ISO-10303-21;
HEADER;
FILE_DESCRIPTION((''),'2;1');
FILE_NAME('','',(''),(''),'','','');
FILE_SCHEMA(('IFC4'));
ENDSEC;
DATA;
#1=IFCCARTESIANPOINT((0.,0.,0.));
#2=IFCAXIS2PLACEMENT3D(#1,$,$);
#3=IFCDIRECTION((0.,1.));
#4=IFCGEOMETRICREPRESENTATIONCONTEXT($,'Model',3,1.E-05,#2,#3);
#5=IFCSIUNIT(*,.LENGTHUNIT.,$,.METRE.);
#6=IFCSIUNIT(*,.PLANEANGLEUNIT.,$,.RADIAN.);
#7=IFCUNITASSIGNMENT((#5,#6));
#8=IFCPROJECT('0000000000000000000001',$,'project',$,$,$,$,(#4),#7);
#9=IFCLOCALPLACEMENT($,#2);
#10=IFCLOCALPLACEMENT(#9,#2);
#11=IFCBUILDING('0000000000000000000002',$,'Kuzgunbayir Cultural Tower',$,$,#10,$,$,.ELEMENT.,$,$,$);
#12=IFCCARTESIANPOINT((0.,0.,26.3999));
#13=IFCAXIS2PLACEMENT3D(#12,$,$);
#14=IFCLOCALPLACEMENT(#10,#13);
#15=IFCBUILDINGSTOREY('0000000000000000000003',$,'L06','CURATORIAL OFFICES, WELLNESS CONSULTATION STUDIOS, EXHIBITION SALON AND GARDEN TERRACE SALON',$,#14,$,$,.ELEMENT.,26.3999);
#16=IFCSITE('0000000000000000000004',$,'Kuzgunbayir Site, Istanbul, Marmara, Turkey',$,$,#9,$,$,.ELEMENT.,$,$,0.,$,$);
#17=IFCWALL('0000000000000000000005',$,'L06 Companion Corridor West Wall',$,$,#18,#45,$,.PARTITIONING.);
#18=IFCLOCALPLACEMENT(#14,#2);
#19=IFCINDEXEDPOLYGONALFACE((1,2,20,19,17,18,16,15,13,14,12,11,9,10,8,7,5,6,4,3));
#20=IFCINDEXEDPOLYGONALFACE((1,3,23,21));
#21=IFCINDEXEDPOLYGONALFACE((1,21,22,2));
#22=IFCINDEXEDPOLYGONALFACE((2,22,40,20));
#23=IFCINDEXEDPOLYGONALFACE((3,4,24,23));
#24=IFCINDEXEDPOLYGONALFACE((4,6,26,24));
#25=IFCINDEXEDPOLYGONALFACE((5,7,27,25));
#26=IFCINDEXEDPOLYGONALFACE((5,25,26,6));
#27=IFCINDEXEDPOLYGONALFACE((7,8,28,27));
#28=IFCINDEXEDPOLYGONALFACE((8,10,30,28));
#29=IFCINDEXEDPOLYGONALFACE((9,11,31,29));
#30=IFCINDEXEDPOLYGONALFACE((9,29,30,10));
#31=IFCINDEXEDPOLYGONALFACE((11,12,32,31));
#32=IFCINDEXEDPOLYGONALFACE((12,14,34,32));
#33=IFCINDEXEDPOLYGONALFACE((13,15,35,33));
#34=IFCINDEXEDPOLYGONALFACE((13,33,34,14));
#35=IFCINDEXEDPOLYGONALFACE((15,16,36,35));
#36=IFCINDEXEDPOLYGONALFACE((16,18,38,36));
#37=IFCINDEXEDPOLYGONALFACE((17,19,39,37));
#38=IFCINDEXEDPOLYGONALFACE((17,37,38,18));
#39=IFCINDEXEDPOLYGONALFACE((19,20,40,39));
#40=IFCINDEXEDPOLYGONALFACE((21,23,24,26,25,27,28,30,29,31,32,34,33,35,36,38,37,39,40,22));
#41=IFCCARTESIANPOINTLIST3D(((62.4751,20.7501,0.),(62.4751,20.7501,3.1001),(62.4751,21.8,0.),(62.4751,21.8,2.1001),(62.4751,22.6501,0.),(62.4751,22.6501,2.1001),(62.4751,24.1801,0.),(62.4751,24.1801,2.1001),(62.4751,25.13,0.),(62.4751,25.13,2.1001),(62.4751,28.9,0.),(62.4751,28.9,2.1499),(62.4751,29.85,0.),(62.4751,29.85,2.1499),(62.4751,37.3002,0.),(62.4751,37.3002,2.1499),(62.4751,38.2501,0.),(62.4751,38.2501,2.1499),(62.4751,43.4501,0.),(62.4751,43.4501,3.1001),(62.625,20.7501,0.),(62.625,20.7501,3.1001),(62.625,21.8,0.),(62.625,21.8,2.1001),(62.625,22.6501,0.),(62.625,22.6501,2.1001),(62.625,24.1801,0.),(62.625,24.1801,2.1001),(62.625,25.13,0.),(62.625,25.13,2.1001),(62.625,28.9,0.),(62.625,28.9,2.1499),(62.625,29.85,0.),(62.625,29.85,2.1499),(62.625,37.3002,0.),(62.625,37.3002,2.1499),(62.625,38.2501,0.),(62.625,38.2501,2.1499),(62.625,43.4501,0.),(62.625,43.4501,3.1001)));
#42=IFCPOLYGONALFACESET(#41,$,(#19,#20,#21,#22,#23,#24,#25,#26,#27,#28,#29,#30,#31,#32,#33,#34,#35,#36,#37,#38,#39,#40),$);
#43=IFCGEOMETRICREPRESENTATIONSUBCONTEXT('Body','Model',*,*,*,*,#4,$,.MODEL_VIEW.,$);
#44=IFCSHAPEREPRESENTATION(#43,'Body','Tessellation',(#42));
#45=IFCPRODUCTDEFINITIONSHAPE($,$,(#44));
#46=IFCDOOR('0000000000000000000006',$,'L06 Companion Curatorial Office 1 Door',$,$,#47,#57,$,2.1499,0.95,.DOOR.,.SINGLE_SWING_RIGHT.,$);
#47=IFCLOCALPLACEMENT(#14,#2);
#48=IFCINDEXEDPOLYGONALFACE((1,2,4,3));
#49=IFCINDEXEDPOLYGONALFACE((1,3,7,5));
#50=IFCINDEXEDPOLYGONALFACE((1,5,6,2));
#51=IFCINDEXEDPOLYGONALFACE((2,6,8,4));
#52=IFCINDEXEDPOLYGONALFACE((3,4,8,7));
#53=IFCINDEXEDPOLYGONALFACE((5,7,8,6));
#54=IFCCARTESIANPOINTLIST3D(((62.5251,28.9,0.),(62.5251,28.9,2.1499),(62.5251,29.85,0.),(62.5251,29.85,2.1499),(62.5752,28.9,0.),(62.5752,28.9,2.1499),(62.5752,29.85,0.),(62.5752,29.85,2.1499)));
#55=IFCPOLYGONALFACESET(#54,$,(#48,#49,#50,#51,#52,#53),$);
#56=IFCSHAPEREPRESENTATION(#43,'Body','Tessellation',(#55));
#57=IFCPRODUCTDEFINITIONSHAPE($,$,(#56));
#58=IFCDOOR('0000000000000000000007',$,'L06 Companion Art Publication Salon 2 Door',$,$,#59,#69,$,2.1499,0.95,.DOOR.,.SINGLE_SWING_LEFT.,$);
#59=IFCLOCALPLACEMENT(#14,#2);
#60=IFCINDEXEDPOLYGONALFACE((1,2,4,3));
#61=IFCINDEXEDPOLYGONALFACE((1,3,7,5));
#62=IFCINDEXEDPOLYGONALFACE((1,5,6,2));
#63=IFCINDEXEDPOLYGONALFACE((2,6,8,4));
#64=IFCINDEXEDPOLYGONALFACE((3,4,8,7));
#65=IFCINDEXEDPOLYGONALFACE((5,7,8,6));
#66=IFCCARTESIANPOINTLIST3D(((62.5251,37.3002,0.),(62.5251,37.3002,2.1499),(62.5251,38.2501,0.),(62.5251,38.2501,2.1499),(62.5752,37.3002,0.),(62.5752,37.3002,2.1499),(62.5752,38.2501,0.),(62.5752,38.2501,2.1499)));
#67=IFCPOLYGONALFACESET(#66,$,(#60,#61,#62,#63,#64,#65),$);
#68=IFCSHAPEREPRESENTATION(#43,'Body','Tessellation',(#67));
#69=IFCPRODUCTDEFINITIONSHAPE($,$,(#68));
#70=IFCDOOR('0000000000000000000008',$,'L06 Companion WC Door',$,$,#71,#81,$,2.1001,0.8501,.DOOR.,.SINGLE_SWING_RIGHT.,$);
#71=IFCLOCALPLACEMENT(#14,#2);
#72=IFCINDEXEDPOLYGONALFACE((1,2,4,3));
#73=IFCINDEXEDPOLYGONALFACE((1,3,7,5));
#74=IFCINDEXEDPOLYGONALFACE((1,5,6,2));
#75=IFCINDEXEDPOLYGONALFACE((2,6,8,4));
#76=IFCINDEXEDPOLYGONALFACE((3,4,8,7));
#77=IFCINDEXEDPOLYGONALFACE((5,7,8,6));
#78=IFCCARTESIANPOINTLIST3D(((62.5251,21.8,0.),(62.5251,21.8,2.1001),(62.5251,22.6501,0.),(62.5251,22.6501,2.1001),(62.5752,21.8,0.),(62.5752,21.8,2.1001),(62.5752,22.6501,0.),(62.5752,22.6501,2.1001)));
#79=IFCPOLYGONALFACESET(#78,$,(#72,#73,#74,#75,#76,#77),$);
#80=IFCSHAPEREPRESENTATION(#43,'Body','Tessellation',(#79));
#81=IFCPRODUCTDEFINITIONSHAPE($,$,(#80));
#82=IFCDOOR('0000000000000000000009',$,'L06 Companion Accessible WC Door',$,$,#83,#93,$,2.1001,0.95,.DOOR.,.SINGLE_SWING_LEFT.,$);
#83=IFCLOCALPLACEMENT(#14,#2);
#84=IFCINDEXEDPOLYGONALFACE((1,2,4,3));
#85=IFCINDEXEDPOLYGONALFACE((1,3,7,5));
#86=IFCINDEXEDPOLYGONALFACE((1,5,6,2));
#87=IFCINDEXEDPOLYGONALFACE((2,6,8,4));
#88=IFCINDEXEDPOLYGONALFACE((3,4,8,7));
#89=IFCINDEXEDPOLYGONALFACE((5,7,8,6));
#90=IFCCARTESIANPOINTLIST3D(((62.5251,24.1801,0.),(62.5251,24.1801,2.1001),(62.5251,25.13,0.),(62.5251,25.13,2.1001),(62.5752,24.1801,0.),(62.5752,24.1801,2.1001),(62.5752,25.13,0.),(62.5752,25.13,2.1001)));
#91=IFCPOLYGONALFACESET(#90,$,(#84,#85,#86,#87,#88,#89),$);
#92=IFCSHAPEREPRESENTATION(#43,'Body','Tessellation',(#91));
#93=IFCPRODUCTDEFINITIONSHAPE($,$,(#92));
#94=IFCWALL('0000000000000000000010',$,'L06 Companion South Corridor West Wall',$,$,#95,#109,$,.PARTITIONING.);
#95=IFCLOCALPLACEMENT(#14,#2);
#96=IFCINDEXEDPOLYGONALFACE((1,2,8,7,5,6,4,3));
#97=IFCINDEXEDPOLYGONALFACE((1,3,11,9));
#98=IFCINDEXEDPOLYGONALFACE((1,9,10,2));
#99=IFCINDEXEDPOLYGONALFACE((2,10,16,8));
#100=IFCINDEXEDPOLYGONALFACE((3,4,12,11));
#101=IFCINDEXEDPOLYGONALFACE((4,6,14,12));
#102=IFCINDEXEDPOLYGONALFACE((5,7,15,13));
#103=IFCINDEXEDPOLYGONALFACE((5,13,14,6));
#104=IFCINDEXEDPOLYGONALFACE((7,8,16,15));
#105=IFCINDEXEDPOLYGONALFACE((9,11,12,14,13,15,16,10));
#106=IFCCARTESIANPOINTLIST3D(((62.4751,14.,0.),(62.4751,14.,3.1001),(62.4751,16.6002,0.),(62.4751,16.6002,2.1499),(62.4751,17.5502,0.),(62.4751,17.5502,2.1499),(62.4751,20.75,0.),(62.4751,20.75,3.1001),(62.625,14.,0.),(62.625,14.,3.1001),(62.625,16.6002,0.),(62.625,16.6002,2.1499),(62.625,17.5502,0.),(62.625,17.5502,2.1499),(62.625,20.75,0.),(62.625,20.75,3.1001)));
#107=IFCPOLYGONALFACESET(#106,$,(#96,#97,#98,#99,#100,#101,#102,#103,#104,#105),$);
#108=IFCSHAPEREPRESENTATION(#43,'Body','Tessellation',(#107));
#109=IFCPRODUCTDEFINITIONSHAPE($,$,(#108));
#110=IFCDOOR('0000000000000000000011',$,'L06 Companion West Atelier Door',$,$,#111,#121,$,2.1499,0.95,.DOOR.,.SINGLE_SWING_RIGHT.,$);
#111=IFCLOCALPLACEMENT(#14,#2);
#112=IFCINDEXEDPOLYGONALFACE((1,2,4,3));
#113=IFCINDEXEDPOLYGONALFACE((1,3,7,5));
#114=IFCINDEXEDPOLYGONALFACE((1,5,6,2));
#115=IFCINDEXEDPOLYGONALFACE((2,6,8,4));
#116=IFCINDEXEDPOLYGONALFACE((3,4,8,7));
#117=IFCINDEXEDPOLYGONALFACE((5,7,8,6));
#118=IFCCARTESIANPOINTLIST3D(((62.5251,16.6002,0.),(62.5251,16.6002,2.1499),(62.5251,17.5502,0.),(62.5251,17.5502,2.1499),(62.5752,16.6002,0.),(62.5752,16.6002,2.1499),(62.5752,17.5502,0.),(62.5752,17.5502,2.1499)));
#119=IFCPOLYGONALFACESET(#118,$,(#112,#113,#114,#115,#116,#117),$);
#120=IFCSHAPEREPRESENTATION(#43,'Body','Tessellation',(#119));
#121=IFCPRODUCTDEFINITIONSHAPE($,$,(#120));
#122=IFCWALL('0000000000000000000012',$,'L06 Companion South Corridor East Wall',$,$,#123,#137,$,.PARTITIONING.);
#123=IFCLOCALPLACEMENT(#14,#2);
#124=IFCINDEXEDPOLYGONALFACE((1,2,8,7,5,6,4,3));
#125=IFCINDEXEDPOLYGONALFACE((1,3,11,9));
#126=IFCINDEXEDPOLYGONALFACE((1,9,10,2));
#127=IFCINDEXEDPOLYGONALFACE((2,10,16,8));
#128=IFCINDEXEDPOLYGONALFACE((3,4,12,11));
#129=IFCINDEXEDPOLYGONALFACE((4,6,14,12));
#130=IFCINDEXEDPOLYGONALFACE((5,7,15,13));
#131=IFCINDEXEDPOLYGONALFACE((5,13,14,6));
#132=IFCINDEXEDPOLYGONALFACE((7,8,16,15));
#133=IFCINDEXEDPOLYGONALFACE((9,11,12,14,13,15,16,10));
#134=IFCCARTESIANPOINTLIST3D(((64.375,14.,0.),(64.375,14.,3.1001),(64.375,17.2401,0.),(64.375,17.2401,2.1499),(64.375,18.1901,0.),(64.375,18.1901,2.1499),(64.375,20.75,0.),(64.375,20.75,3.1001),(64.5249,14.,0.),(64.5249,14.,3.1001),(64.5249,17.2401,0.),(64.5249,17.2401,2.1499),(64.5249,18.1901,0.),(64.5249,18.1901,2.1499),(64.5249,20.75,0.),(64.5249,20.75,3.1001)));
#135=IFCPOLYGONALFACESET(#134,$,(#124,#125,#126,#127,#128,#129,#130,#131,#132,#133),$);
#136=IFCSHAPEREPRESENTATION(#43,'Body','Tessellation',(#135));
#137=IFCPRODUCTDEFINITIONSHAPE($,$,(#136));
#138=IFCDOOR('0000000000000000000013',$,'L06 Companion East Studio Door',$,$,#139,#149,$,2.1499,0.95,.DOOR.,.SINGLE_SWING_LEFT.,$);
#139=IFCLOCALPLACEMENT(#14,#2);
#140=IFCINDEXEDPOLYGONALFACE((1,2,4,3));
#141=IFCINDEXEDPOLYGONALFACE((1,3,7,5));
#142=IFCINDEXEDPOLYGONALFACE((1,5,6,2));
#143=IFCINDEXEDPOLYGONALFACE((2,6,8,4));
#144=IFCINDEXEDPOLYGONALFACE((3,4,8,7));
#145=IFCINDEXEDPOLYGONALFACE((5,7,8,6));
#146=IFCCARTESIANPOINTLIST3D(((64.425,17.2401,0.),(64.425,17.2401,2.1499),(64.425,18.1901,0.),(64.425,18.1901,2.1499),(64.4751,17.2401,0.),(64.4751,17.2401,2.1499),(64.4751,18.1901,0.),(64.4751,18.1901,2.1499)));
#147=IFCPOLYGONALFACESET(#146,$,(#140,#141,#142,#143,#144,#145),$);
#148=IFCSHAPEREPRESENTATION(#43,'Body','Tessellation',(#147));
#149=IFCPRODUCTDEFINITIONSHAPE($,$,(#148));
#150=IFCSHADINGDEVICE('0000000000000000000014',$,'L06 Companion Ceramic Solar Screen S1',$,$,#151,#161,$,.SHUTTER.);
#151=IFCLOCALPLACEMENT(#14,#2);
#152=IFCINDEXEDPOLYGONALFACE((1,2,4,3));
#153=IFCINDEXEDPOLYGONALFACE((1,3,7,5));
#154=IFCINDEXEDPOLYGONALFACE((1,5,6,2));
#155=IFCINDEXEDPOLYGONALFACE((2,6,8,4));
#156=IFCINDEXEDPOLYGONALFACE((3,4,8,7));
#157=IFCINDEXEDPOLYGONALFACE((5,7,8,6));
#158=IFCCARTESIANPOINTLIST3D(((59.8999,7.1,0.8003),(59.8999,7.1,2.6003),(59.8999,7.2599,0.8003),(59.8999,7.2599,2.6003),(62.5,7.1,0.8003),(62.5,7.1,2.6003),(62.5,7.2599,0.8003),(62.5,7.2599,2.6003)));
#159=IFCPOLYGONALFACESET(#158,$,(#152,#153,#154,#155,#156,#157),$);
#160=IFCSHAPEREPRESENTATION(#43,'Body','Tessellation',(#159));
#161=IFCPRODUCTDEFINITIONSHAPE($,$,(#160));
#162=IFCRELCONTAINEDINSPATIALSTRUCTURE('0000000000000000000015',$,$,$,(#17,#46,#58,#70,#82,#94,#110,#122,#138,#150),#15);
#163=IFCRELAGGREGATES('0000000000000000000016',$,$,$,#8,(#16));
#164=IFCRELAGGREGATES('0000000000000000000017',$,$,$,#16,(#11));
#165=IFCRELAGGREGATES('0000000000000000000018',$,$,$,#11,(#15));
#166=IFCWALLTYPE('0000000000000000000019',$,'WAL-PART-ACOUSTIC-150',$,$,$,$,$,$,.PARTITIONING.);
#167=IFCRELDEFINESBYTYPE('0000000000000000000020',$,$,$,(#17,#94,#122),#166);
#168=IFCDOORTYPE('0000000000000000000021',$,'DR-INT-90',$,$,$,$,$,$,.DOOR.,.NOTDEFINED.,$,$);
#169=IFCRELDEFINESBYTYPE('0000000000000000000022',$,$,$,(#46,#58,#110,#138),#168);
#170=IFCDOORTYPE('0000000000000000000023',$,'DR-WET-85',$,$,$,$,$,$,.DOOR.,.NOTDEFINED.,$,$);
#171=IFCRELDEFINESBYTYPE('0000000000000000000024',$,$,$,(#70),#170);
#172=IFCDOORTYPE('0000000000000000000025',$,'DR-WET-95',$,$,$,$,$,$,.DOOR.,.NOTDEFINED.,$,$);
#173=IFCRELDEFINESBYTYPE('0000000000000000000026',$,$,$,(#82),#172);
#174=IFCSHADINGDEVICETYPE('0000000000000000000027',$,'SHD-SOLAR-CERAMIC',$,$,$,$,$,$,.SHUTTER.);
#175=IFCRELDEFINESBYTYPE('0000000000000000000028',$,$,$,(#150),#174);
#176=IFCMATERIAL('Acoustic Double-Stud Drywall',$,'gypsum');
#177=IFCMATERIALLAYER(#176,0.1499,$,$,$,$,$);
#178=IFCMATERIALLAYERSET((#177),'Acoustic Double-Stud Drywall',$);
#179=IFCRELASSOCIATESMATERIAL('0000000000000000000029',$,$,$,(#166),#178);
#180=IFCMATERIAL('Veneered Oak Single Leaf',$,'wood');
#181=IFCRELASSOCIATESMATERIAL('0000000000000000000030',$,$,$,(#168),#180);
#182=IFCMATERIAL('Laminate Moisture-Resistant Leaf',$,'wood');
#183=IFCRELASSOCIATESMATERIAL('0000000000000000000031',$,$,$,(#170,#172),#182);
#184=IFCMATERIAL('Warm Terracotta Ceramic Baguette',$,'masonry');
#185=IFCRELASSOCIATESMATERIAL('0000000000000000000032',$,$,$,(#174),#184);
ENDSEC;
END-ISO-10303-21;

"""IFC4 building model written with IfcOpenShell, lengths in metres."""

from ifc_helpers import new_model, si_unit, direction, frame, frame_2d, origin, origin_2d, place, context, subcontext, project, spatial, rectangle, extrude, material, layer, layer_set, type_object, element, fill, save


model = new_model("IFC4")

# Units and contexts
model_context = context("Model", 3, precision=1e-05, world=origin(), true_north=direction((0.0, 1.0)))
body_context = subcontext(model_context, "Body", "Model", "MODEL_VIEW")
ifc_project = project(units=[si_unit("LENGTHUNIT", "METRE"), si_unit("PLANEANGLEUNIT", "RADIAN")], contexts=[model_context])

# Site, building, storey
site_placement = place(None, origin())
site = spatial("IfcSite", under=ifc_project, at=site_placement, Name="Kuzgunbayir Site, Istanbul, Marmara, Turkey", CompositionType="ELEMENT", RefElevation=0.0)
building_placement = place(site_placement, origin())
building = spatial("IfcBuilding", under=site, at=building_placement, Name="Kuzgunbayir Cultural Tower", CompositionType="ELEMENT")
storey_placement = place(building_placement, frame((0.0, 0.0, 26.3999)))
storey = spatial("IfcBuildingStorey", under=building, at=storey_placement, Name="L06", Description="CURATORIAL OFFICES, WELLNESS CONSULTATION STUDIOS, EXHIBITION SALON AND GARDEN TERRACE SALON", CompositionType="ELEMENT", Elevation=26.3999)

# Shared definitions
ifc_material_1 = material(Name="Acoustic Double-Stud Drywall", Category="gypsum")
ifc_layer_1 = layer(ifc_material_1, 0.1499)
ifc_layer_set_1 = layer_set([ifc_layer_1], Name="Acoustic Double-Stud Drywall")
wall_type_1 = type_object("IfcWallType", Name="WAL-PART-ACOUSTIC-150", PredefinedType="PARTITIONING", material=ifc_layer_set_1)
ifc_material_2 = material(Name="Veneered Oak Single Leaf", Category="wood")
door_type_1 = type_object("IfcDoorType", Name="DR-INT-90", OperationType="NOTDEFINED", PredefinedType="DOOR", material=ifc_material_2)

# Wall, openings, doors
wall_1_placement = place(storey_placement, frame((62.55, 20.75, 0.0), z_axis=(0.0, 0.0, 1.0), x_axis=(0.0, 1.0, 0.0)))
wall_1 = element("IfcWall", 1, at=wall_1_placement, inside=storey, type_object=wall_type_1, Name="L06 Companion Corridor West Wall", PredefinedType="PARTITIONING", context=body_context, shape_type="SweptSolid", body=[
    extrude(rectangle(XDim=22.7, YDim=0.1499, at=frame_2d((11.3501, 0.0))), origin(), (0.0, 0.0, 1.0), 3.1001),
])
opening_1_placement = place(wall_1_placement, frame((1.05, 0.0, 0.0)))
opening_1 = element("IfcOpeningElement", 2, at=opening_1_placement, cuts=wall_1, PredefinedType="OPENING", context=body_context, shape_type="SweptSolid", body=[
    extrude(rectangle(XDim=0.8501, YDim=2.1001, at=frame_2d((0.425, 1.05))), frame((0.0, 0.085, 0.0), z_axis=(0.0, -1.0, 0.0), x_axis=(1.0, 0.0, 0.0)), (0.0, 0.0, 1.0), 0.1699),
])
opening_2_placement = place(wall_1_placement, frame((3.4299, 0.0, 0.0)))
opening_2 = element("IfcOpeningElement", 3, at=opening_2_placement, cuts=wall_1, PredefinedType="OPENING", context=body_context, shape_type="SweptSolid", body=[
    extrude(rectangle(XDim=0.95, YDim=2.1001, at=frame_2d((0.4751, 1.05))), frame((0.0, 0.085, 0.0), z_axis=(0.0, -1.0, 0.0), x_axis=(1.0, 0.0, 0.0)), (0.0, 0.0, 1.0), 0.1699),
])
opening_3_placement = place(wall_1_placement, frame((8.1499, 0.0, 0.0)))
opening_3 = element("IfcOpeningElement", 4, at=opening_3_placement, cuts=wall_1, PredefinedType="OPENING", context=body_context, shape_type="SweptSolid", body=[
    extrude(rectangle(XDim=0.95, YDim=2.1499, at=frame_2d((0.4751, 1.075))), frame((0.0, 0.085, 0.0), z_axis=(0.0, -1.0, 0.0), x_axis=(1.0, 0.0, 0.0)), (0.0, 0.0, 1.0), 0.1699),
])
opening_4_placement = place(wall_1_placement, frame((16.55, 0.0, 0.0)))
opening_4 = element("IfcOpeningElement", 5, at=opening_4_placement, cuts=wall_1, PredefinedType="OPENING", context=body_context, shape_type="SweptSolid", body=[
    extrude(rectangle(XDim=0.95, YDim=2.1499, at=frame_2d((0.4751, 1.075))), frame((0.0, 0.085, 0.0), z_axis=(0.0, -1.0, 0.0), x_axis=(1.0, 0.0, 0.0)), (0.0, 0.0, 1.0), 0.1699),
])
door_1_placement = place(opening_3_placement, origin())
door_1 = element("IfcDoor", 6, at=door_1_placement, inside=storey, type_object=door_type_1, Name="L06 Companion Curatorial Office 1 Door", OperationType="SINGLE_SWING_RIGHT", OverallHeight=2.1499, OverallWidth=0.95, PredefinedType="DOOR", context=body_context, shape_type="SweptSolid", body=[
    extrude(rectangle(XDim=0.95, YDim=2.1499, at=frame_2d((0.4751, 1.075))), frame((0.0, 0.0249, 0.0), z_axis=(0.0, -1.0, 0.0), x_axis=(1.0, 0.0, 0.0)), (0.0, 0.0, 1.0), 0.05),
])
fill(opening_3, door_1)
door_2_placement = place(opening_4_placement, origin())
door_2 = element("IfcDoor", 7, at=door_2_placement, inside=storey, type_object=door_type_1, Name="L06 Companion Art Publication Salon 2 Door", OperationType="SINGLE_SWING_LEFT", OverallHeight=2.1499, OverallWidth=0.95, PredefinedType="DOOR", context=body_context, shape_type="SweptSolid", body=[
    extrude(rectangle(XDim=0.95, YDim=2.1499, at=frame_2d((0.4751, 1.075))), frame((0.0, 0.0249, 0.0), z_axis=(0.0, -1.0, 0.0), x_axis=(1.0, 0.0, 0.0)), (0.0, 0.0, 1.0), 0.05),
])
fill(opening_4, door_2)
ifc_material_3 = material(Name="Laminate Moisture-Resistant Leaf", Category="wood")
door_type_2 = type_object("IfcDoorType", Name="DR-WET-85", OperationType="NOTDEFINED", PredefinedType="DOOR", material=ifc_material_3)
door_3_placement = place(opening_1_placement, origin())
door_3 = element("IfcDoor", 8, at=door_3_placement, inside=storey, type_object=door_type_2, Name="L06 Companion WC Door", OperationType="SINGLE_SWING_RIGHT", OverallHeight=2.1001, OverallWidth=0.8501, PredefinedType="DOOR", context=body_context, shape_type="SweptSolid", body=[
    extrude(rectangle(XDim=0.8501, YDim=2.1001, at=frame_2d((0.425, 1.05))), frame((0.0, 0.0249, 0.0), z_axis=(0.0, -1.0, 0.0), x_axis=(1.0, 0.0, 0.0)), (0.0, 0.0, 1.0), 0.05),
])
fill(opening_1, door_3)
door_type_3 = type_object("IfcDoorType", Name="DR-WET-95", OperationType="NOTDEFINED", PredefinedType="DOOR", material=ifc_material_3)
door_4_placement = place(opening_2_placement, origin())
door_4 = element("IfcDoor", 9, at=door_4_placement, inside=storey, type_object=door_type_3, Name="L06 Companion Accessible WC Door", OperationType="SINGLE_SWING_LEFT", OverallHeight=2.1001, OverallWidth=0.95, PredefinedType="DOOR", context=body_context, shape_type="SweptSolid", body=[
    extrude(rectangle(XDim=0.95, YDim=2.1001, at=frame_2d((0.4751, 1.05))), frame((0.0, 0.0249, 0.0), z_axis=(0.0, -1.0, 0.0), x_axis=(1.0, 0.0, 0.0)), (0.0, 0.0, 1.0), 0.05),
])
fill(opening_2, door_4)

# Walls, openings, doors
wall_2_placement = place(storey_placement, frame((62.55, 14.0, 0.0), z_axis=(0.0, 0.0, 1.0), x_axis=(0.0, 1.0, 0.0)))
wall_2 = element("IfcWall", 10, at=wall_2_placement, inside=storey, type_object=wall_type_1, Name="L06 Companion South Corridor West Wall", PredefinedType="PARTITIONING", context=body_context, shape_type="SweptSolid", body=[
    extrude(rectangle(XDim=6.75, YDim=0.1499, at=frame_2d((3.375, 0.0))), origin(), (0.0, 0.0, 1.0), 3.1001),
])
opening_5_placement = place(wall_2_placement, frame((2.6001, 0.0, 0.0)))
opening_5 = element("IfcOpeningElement", 11, at=opening_5_placement, cuts=wall_2, PredefinedType="OPENING", context=body_context, shape_type="SweptSolid", body=[
    extrude(rectangle(XDim=0.95, YDim=2.1499, at=frame_2d((0.4751, 1.075))), frame((0.0, 0.085, 0.0), z_axis=(0.0, -1.0, 0.0), x_axis=(1.0, 0.0, 0.0)), (0.0, 0.0, 1.0), 0.1699),
])
door_5_placement = place(opening_5_placement, origin())
door_5 = element("IfcDoor", 12, at=door_5_placement, inside=storey, type_object=door_type_1, Name="L06 Companion West Atelier Door", OperationType="SINGLE_SWING_RIGHT", OverallHeight=2.1499, OverallWidth=0.95, PredefinedType="DOOR", context=body_context, shape_type="SweptSolid", body=[
    extrude(rectangle(XDim=0.95, YDim=2.1499, at=frame_2d((0.4751, 1.075))), frame((0.0, 0.0249, 0.0), z_axis=(0.0, -1.0, 0.0), x_axis=(1.0, 0.0, 0.0)), (0.0, 0.0, 1.0), 0.05),
])
fill(opening_5, door_5)
wall_3_placement = place(storey_placement, frame((64.45, 14.0, 0.0), z_axis=(0.0, 0.0, 1.0), x_axis=(0.0, 1.0, 0.0)))
wall_3 = element("IfcWall", 13, at=wall_3_placement, inside=storey, type_object=wall_type_1, Name="L06 Companion South Corridor East Wall", PredefinedType="PARTITIONING", context=body_context, shape_type="SweptSolid", body=[
    extrude(rectangle(XDim=6.75, YDim=0.1499, at=frame_2d((3.375, 0.0))), origin(), (0.0, 0.0, 1.0), 3.1001),
])
opening_6_placement = place(wall_3_placement, frame((3.24, 0.0, 0.0)))
opening_6 = element("IfcOpeningElement", 14, at=opening_6_placement, cuts=wall_3, PredefinedType="OPENING", context=body_context, shape_type="SweptSolid", body=[
    extrude(rectangle(XDim=0.95, YDim=2.1499, at=frame_2d((0.4751, 1.075))), frame((0.0, 0.085, 0.0), z_axis=(0.0, -1.0, 0.0), x_axis=(1.0, 0.0, 0.0)), (0.0, 0.0, 1.0), 0.1699),
])
door_6_placement = place(opening_6_placement, origin())
door_6 = element("IfcDoor", 15, at=door_6_placement, inside=storey, type_object=door_type_1, Name="L06 Companion East Studio Door", OperationType="SINGLE_SWING_LEFT", OverallHeight=2.1499, OverallWidth=0.95, PredefinedType="DOOR", context=body_context, shape_type="SweptSolid", body=[
    extrude(rectangle(XDim=0.95, YDim=2.1499, at=frame_2d((0.4751, 1.075))), frame((0.0, 0.0249, 0.0), z_axis=(0.0, -1.0, 0.0), x_axis=(1.0, 0.0, 0.0)), (0.0, 0.0, 1.0), 0.05),
])
fill(opening_6, door_6)

# Shading device
ifc_material_4 = material(Name="Warm Terracotta Ceramic Baguette", Category="masonry")
shading_device_type = type_object("IfcShadingDeviceType", Name="SHD-SOLAR-CERAMIC", PredefinedType="SHUTTER", material=ifc_material_4)
shading_device_placement = place(storey_placement, frame((61.2, 7.1799, 0.8003), z_axis=(0.0, 0.0, 1.0), x_axis=(1.0, 0.0, 0.0)))
element("IfcShadingDevice", 16, at=shading_device_placement, inside=storey, type_object=shading_device_type, Name="L06 Companion Ceramic Solar Screen S1", PredefinedType="SHUTTER", context=body_context, shape_type="SweptSolid", body=[
    extrude(rectangle(XDim=2.6001, YDim=0.1599, at=origin_2d()), origin(), (0.0, 0.0, 1.0), 1.8),
])

save(model, "model.ifc")
